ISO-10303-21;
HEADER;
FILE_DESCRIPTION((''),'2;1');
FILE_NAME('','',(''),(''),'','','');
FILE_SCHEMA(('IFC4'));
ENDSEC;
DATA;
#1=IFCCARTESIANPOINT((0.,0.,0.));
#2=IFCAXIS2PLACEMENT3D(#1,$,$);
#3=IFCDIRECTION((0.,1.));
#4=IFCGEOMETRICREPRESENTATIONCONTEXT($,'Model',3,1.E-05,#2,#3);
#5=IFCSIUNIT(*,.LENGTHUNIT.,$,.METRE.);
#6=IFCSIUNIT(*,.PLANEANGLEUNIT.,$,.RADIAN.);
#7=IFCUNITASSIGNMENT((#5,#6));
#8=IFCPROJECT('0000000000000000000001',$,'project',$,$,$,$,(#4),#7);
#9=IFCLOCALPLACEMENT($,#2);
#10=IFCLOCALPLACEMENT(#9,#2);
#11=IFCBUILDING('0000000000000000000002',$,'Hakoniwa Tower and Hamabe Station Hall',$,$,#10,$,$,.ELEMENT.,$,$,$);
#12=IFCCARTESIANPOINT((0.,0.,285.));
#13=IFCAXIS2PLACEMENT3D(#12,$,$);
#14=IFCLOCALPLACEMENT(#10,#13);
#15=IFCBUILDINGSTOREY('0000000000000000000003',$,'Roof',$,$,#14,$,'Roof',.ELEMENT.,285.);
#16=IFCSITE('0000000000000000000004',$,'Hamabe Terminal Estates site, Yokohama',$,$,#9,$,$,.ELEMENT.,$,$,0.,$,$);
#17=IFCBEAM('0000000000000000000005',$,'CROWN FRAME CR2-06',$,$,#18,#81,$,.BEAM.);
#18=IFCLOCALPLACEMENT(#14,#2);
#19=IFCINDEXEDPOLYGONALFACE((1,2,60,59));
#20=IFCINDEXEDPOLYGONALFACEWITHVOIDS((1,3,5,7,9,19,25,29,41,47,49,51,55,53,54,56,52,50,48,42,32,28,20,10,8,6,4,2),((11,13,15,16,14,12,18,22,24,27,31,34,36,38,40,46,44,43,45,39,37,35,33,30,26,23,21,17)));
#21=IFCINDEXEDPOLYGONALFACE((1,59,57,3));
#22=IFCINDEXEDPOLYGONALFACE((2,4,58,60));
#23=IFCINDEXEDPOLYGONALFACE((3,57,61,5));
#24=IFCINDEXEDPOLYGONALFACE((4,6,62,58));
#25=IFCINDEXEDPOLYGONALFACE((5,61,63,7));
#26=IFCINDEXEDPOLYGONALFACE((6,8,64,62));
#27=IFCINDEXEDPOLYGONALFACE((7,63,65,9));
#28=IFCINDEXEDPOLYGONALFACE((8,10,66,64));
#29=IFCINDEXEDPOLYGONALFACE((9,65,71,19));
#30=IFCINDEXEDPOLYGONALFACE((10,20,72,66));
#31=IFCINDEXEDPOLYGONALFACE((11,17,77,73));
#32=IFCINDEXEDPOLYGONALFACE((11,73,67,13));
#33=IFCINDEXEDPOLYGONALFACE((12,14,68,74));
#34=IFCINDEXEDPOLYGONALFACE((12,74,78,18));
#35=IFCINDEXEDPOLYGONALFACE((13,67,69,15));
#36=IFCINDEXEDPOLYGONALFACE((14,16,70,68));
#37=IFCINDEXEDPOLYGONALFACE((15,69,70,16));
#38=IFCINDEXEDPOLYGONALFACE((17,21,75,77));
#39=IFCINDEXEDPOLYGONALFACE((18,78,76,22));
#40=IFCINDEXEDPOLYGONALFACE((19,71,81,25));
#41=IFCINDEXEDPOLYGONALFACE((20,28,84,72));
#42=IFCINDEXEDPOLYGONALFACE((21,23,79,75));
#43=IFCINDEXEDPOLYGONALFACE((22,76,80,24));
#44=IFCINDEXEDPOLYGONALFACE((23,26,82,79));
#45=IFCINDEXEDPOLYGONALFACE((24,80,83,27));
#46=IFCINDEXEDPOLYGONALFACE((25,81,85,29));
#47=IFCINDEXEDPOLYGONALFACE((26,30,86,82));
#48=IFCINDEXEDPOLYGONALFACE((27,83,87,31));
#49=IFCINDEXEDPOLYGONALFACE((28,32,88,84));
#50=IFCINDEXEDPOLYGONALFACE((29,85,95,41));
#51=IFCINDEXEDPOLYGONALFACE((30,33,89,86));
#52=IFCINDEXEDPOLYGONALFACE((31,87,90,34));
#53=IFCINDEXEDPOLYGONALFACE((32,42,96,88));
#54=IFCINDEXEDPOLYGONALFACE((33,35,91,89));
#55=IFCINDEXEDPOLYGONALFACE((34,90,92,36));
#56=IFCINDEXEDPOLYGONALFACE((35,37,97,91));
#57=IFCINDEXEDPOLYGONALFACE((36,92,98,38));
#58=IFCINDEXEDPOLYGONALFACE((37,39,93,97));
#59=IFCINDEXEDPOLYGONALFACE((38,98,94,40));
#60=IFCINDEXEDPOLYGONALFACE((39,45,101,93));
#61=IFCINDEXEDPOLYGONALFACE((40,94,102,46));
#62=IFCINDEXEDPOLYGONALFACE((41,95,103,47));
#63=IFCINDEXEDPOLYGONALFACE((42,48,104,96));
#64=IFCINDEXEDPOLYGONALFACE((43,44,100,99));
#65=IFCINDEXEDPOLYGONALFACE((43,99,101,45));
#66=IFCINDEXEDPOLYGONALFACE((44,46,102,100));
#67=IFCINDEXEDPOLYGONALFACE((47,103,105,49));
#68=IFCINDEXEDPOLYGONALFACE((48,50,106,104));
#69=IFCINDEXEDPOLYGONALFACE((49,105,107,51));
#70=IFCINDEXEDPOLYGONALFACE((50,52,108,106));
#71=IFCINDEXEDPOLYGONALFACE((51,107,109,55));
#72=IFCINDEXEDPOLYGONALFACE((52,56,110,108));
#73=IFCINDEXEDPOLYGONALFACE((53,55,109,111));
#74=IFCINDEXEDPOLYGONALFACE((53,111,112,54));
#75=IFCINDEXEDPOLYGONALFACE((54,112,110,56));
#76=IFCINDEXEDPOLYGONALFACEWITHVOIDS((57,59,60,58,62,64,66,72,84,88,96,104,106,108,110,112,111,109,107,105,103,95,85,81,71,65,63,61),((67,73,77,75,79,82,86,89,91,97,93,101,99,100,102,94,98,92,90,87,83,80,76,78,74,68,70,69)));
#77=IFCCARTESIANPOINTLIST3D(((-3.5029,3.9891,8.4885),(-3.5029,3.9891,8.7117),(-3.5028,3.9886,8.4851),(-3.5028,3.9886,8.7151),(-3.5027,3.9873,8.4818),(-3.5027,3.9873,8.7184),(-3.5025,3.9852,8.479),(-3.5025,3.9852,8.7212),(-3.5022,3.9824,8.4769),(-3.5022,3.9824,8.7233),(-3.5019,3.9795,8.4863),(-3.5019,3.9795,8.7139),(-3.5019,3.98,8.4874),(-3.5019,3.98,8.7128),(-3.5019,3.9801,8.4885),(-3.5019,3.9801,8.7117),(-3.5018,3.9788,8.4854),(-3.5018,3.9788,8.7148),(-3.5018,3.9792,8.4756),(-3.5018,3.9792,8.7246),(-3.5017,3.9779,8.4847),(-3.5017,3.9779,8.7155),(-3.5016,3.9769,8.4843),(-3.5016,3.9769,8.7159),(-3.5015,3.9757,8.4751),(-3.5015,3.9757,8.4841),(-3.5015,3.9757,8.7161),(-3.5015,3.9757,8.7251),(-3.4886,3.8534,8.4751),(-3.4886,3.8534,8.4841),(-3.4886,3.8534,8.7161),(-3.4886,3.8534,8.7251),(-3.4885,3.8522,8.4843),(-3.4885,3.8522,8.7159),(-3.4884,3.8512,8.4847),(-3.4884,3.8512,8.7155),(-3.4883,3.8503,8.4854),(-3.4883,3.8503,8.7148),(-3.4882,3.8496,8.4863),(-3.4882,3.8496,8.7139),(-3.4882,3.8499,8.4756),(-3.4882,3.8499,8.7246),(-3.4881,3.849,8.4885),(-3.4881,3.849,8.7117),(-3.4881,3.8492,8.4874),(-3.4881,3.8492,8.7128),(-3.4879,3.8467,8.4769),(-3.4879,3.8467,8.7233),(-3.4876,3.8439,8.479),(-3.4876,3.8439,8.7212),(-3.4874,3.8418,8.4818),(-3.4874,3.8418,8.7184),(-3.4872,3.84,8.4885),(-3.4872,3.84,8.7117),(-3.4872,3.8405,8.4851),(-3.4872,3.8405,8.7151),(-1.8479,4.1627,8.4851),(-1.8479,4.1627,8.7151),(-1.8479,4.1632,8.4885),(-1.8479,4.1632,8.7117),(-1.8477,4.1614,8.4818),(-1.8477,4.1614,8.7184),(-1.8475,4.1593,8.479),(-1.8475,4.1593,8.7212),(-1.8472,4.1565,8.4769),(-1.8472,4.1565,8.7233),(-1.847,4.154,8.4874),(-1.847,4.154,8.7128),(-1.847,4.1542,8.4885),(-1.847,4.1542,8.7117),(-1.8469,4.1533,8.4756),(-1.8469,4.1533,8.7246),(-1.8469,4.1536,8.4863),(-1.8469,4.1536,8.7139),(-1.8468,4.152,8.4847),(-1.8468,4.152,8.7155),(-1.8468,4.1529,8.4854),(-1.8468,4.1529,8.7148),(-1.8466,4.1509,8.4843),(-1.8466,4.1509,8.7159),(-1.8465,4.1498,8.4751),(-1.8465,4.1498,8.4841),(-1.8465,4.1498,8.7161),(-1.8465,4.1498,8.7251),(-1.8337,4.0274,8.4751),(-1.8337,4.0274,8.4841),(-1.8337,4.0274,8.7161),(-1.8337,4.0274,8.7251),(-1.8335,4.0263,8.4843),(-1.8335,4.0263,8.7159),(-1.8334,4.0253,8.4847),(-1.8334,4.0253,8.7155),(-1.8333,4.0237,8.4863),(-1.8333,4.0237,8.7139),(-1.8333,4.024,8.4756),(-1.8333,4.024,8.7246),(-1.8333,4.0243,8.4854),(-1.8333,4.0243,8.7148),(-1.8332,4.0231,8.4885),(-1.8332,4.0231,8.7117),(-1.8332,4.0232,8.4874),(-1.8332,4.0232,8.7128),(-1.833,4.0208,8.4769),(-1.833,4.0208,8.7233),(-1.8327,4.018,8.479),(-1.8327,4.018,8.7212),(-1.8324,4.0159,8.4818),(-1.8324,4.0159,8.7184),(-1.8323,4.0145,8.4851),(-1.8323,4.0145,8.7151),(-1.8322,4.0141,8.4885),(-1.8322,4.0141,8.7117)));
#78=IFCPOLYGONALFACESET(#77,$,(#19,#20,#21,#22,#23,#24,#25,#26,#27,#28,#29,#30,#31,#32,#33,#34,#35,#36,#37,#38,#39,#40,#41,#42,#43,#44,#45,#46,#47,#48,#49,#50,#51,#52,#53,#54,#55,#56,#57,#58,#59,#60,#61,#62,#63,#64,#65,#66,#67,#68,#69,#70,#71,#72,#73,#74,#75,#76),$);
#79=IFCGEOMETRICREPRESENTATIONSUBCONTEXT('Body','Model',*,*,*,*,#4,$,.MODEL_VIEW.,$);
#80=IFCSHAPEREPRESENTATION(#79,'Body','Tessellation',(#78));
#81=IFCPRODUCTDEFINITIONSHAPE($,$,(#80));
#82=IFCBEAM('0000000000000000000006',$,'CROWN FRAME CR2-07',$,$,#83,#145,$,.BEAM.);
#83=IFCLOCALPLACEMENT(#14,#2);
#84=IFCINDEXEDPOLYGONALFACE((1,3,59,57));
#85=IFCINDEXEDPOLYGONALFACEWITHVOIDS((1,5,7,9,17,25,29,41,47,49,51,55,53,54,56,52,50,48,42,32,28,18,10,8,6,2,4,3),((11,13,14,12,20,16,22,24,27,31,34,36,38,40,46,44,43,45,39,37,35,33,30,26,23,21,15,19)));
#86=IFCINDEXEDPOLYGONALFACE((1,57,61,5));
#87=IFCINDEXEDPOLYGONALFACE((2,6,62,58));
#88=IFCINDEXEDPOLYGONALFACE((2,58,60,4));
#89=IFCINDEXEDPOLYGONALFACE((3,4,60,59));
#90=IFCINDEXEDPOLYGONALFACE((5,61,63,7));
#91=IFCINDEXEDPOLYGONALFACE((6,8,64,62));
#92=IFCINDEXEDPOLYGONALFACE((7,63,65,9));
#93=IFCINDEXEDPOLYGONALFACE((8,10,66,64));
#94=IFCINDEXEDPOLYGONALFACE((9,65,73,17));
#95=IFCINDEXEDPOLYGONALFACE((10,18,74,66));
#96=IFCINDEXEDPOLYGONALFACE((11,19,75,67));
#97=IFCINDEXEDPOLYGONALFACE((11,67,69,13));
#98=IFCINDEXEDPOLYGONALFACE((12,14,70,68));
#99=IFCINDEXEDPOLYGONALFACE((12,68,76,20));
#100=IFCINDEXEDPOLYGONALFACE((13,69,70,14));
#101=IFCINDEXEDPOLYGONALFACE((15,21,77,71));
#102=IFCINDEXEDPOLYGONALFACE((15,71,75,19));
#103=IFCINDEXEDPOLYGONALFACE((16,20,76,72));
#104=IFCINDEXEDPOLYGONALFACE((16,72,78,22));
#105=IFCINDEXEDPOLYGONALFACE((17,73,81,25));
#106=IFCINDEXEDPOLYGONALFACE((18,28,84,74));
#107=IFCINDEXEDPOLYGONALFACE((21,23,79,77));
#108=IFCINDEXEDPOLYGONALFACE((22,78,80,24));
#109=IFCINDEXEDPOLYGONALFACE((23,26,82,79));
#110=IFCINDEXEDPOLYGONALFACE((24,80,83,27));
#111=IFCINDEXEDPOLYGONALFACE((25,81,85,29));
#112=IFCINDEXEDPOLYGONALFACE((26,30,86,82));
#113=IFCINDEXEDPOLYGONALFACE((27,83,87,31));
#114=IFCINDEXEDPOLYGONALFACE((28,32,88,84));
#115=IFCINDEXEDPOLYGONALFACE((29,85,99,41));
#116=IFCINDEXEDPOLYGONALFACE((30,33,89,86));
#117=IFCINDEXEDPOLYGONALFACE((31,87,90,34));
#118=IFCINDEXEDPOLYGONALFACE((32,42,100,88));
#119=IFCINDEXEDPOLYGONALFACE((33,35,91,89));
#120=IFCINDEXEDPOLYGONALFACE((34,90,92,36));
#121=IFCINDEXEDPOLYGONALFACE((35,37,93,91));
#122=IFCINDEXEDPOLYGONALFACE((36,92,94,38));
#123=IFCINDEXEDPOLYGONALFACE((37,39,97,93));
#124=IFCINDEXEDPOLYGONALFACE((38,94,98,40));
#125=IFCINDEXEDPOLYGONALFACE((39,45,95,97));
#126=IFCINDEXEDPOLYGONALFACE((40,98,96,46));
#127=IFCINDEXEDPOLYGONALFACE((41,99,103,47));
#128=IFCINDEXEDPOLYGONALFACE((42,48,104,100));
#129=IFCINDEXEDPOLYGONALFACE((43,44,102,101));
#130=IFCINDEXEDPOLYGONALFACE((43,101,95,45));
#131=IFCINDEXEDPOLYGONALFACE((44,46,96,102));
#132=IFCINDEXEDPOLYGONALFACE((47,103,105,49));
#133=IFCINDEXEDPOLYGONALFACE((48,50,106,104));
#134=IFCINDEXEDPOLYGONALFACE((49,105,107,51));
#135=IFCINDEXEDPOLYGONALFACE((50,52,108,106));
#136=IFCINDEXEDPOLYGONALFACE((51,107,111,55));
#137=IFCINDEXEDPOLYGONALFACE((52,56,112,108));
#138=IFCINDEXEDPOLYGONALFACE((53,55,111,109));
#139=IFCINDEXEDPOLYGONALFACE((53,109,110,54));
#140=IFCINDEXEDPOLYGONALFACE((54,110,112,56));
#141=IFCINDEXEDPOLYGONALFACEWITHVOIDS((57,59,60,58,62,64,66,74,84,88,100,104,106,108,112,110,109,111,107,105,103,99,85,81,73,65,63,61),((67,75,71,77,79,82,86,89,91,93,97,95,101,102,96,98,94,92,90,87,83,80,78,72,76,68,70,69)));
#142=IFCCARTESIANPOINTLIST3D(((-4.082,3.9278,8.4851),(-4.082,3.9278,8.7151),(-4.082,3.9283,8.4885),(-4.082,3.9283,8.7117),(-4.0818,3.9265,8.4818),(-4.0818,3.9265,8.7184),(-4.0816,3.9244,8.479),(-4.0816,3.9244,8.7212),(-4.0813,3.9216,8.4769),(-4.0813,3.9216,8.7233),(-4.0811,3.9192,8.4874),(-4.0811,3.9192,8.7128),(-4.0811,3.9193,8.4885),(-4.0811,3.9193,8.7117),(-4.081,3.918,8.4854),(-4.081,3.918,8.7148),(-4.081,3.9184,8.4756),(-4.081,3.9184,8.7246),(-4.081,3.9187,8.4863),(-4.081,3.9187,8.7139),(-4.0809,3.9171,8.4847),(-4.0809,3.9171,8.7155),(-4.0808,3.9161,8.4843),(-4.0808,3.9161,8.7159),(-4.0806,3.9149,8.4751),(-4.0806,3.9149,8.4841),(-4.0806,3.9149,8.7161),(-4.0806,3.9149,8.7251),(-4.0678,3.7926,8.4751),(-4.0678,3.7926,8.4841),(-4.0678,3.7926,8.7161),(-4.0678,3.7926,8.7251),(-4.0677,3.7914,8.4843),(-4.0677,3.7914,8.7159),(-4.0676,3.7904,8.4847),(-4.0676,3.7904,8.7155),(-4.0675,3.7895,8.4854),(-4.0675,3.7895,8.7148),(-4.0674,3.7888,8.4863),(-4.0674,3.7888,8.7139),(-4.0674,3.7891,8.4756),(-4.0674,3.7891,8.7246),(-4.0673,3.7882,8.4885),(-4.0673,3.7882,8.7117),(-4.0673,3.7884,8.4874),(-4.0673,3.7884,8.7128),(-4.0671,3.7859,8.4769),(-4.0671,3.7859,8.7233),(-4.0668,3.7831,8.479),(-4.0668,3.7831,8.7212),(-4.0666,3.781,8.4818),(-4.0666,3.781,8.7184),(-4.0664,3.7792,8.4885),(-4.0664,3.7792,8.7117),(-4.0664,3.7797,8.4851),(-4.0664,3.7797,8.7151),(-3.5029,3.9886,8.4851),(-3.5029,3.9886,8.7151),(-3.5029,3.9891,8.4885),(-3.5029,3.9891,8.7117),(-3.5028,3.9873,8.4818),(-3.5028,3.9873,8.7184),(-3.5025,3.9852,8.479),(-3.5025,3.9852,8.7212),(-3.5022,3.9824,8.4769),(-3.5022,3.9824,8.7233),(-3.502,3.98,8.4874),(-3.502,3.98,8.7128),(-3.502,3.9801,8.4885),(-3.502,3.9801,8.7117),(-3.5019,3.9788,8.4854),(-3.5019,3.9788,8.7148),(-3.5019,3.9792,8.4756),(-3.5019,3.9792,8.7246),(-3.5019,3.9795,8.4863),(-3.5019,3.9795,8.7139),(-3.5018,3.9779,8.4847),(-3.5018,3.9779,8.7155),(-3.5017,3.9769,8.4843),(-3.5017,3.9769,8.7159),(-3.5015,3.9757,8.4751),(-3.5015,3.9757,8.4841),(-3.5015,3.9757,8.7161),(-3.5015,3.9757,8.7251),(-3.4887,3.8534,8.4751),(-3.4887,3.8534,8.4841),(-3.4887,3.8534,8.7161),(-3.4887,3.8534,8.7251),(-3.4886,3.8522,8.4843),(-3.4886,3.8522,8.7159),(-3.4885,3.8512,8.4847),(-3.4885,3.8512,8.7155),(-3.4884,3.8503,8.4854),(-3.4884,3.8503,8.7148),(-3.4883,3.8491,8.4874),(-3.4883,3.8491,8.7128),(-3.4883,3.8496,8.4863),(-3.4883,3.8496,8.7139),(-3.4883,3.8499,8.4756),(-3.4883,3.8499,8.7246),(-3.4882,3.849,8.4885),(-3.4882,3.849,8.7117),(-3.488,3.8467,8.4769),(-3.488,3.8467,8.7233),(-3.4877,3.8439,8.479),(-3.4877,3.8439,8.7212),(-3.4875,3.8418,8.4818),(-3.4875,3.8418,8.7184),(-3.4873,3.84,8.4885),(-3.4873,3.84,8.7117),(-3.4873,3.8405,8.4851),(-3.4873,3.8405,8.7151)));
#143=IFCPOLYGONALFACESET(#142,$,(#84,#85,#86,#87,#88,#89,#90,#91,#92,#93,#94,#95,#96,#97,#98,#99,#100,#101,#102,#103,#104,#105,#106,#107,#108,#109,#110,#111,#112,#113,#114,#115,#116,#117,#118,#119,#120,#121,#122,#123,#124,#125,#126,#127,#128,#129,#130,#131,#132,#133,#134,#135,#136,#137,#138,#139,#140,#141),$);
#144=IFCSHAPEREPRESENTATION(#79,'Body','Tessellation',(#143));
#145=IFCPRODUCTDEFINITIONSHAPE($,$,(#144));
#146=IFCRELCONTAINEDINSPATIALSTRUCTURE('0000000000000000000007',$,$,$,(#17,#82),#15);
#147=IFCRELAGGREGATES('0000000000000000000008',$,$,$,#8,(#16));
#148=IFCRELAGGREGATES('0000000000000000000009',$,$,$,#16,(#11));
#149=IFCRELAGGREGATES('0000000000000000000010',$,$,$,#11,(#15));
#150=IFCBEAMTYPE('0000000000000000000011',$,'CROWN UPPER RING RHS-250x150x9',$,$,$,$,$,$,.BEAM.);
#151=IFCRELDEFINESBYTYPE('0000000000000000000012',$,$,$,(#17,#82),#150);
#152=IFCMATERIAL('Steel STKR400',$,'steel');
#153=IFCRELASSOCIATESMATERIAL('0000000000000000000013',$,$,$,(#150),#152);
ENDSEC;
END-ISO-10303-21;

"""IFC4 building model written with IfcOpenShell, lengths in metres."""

from ifc_helpers import new_model, si_unit, direction, frame, origin, origin_2d, place, context, subcontext, project, spatial, hollow_rectangle, extrude, material, material_profile, profile_set, type_object, element, save


model = new_model("IFC4")

# Units and contexts
model_context = context("Model", 3, precision=1e-05, world=origin(), true_north=direction((0.0, 1.0)))
body_context = subcontext(model_context, "Body", "Model", "MODEL_VIEW")
ifc_project = project(units=[si_unit("LENGTHUNIT", "METRE"), si_unit("PLANEANGLEUNIT", "RADIAN")], contexts=[model_context])

# Site, building, storey
site_placement = place(None, origin())
site = spatial("IfcSite", under=ifc_project, at=site_placement, Name="Hamabe Terminal Estates site, Yokohama", CompositionType="ELEMENT", RefElevation=0.0)
building_placement = place(site_placement, origin())
building = spatial("IfcBuilding", under=site, at=building_placement, Name="Hakoniwa Tower and Hamabe Station Hall", CompositionType="ELEMENT")
storey_placement = place(building_placement, frame((0.0, 0.0, 285.0)))
storey = spatial("IfcBuildingStorey", under=building, at=storey_placement, Name="Roof", LongName="Roof", CompositionType="ELEMENT", Elevation=285.0)

# Beams
ifc_material_1 = material(Name="Steel STKR400", Category="steel")
ifc_material_profile_1 = material_profile(ifc_material_1, hollow_rectangle(XDim=0.1499, YDim=0.25, WallThickness=0.009, InnerFilletRadius=0.0044, OuterFilletRadius=0.0134, at=origin_2d()), Name="RHS-250x150x9")
ifc_profile_set_1 = profile_set([ifc_material_profile_1], Name="Steel STKR400")
beam_type = type_object("IfcBeamType", Name="CROWN UPPER RING RHS-250x150x9", PredefinedType="BEAM", material=ifc_profile_set_1)
beam_1_placement = place(storey_placement, frame((-1.8401, 4.0886, 8.6001), z_axis=(-0.994514, -0.104601, 0.0), x_axis=(0.104601, -0.994514, 0.0)))
element("IfcBeam", 1, at=beam_1_placement, inside=storey, type_object=beam_type, Name="CROWN FRAME CR2-06", PredefinedType="BEAM", context=body_context, shape_type="SweptSolid", body=[
    extrude(hollow_rectangle(XDim=0.1499, YDim=0.25, WallThickness=0.009, InnerFilletRadius=0.0044, OuterFilletRadius=0.0134, at=origin_2d()), origin(), (0.0, 0.0, 1.0), 1.6641),
])
beam_2_placement = place(storey_placement, frame((-3.4951, 3.9146, 8.6001), z_axis=(-0.994535, -0.104401, 0.0), x_axis=(0.104401, -0.994535, 0.0)))
element("IfcBeam", 2, at=beam_2_placement, inside=storey, type_object=beam_type, Name="CROWN FRAME CR2-07", PredefinedType="BEAM", context=body_context, shape_type="SweptSolid", body=[
    extrude(hollow_rectangle(XDim=0.1499, YDim=0.25, WallThickness=0.009, InnerFilletRadius=0.0044, OuterFilletRadius=0.0134, at=origin_2d()), origin(), (0.0, 0.0, 1.0), 0.5823),
])

save(model, "model.ifc")
